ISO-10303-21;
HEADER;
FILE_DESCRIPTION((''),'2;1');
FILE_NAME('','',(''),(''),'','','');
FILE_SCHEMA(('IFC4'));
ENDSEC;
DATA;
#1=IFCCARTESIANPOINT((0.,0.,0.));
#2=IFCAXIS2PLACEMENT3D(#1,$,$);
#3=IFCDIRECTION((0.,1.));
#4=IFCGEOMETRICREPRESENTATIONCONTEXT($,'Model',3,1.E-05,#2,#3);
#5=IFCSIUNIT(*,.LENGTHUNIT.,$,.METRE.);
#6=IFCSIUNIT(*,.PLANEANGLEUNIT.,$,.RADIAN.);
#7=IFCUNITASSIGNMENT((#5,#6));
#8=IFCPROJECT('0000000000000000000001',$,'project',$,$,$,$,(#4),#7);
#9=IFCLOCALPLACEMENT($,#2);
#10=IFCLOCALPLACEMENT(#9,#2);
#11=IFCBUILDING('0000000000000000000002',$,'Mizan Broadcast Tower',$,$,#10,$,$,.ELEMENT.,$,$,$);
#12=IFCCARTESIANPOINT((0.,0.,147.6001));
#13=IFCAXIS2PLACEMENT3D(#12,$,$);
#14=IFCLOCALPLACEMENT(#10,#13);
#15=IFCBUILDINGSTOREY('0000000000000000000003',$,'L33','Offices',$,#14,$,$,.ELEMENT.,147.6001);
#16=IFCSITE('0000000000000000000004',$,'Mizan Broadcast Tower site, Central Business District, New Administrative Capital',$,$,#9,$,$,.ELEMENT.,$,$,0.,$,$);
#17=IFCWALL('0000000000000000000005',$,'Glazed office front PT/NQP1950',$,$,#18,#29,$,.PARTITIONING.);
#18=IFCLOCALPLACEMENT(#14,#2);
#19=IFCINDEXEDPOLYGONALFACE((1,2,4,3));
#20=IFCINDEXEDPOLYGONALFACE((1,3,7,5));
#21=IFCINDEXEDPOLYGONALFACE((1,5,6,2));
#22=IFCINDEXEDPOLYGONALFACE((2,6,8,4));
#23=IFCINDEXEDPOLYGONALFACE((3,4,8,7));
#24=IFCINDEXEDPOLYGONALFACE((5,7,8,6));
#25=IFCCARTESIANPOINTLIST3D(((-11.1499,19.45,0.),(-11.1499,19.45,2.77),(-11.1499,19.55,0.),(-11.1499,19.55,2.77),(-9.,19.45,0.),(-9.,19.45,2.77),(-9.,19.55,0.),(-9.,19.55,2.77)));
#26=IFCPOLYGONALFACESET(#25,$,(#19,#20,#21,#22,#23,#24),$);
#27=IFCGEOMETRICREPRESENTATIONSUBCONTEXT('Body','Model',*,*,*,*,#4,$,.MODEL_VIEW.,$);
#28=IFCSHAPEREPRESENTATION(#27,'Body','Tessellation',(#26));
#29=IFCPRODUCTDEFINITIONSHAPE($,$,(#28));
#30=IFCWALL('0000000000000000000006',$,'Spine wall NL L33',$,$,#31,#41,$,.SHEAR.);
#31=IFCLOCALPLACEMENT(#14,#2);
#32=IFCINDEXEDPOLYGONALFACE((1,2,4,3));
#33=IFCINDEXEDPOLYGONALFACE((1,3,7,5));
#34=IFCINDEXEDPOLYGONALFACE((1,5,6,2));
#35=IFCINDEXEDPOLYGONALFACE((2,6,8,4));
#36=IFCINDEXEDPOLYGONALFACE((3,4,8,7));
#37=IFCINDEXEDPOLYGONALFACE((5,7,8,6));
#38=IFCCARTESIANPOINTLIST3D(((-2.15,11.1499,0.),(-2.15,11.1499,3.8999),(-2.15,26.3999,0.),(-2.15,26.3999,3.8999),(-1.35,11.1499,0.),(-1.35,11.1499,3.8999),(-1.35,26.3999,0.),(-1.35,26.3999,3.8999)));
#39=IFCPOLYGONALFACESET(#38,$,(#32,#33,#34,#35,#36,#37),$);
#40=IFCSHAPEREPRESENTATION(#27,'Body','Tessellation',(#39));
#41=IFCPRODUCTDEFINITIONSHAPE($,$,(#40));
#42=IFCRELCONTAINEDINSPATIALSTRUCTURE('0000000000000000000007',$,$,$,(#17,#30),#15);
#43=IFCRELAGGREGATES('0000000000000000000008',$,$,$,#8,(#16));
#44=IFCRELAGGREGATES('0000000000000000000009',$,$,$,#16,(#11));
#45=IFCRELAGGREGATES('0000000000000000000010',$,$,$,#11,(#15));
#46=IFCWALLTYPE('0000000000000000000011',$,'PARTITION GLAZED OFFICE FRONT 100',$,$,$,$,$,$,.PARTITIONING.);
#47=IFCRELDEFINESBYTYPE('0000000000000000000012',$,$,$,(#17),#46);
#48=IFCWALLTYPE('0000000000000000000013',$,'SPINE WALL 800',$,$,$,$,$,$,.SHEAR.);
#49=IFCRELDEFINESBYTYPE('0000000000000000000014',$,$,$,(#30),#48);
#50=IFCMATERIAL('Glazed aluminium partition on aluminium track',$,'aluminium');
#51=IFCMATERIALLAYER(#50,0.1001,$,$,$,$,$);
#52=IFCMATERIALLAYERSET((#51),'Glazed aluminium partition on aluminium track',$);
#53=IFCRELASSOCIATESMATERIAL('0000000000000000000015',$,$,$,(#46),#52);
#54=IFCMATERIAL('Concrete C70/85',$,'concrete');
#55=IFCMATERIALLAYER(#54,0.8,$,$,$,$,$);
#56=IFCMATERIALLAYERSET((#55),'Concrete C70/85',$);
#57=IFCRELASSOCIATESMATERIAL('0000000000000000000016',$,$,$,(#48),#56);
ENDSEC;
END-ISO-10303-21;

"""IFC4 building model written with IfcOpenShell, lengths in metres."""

from ifc_helpers import new_model, si_unit, direction, frame, frame_2d, origin, place, context, subcontext, project, spatial, rectangle, extrude, material, layer, layer_set, type_object, element, save


model = new_model("IFC4")

# Units and contexts
model_context = context("Model", 3, precision=1e-05, world=origin(), true_north=direction((0.0, 1.0)))
body_context = subcontext(model_context, "Body", "Model", "MODEL_VIEW")
ifc_project = project(units=[si_unit("LENGTHUNIT", "METRE"), si_unit("PLANEANGLEUNIT", "RADIAN")], contexts=[model_context])

# Site, building, storey
site_placement = place(None, origin())
site = spatial("IfcSite", under=ifc_project, at=site_placement, Name="Mizan Broadcast Tower site, Central Business District, New Administrative Capital", CompositionType="ELEMENT", RefElevation=0.0)
building_placement = place(site_placement, origin())
building = spatial("IfcBuilding", under=site, at=building_placement, Name="Mizan Broadcast Tower", CompositionType="ELEMENT")
storey_placement = place(building_placement, frame((0.0, 0.0, 147.6001)))
storey = spatial("IfcBuildingStorey", under=building, at=storey_placement, Name="L33", Description="Offices", CompositionType="ELEMENT", Elevation=147.6001)

# Shared definitions
ifc_material_1 = material(Name="Glazed aluminium partition on aluminium track", Category="aluminium")
ifc_layer_1 = layer(ifc_material_1, 0.1001)
ifc_layer_set_1 = layer_set([ifc_layer_1], Name="Glazed aluminium partition on aluminium track")
wall_type_1 = type_object("IfcWallType", Name="PARTITION GLAZED OFFICE FRONT 100", PredefinedType="PARTITIONING", material=ifc_layer_set_1)

# Walls
wall_1_placement = place(storey_placement, frame((-9.0, 19.5, 0.0), z_axis=(0.0, 0.0, 1.0), x_axis=(-1.0, 0.0, 0.0)))
element("IfcWall", 1, at=wall_1_placement, inside=storey, type_object=wall_type_1, Name="Glazed office front PT/NQP1950", PredefinedType="PARTITIONING", context=body_context, shape_type="SweptSolid", body=[
    extrude(rectangle(XDim=2.1499, YDim=0.1001, at=frame_2d((1.075, 0.0))), origin(), (0.0, 0.0, 1.0), 2.77),
])
ifc_material_2 = material(Name="Concrete C70/85", Category="concrete")
ifc_layer_2 = layer(ifc_material_2, 0.8)
ifc_layer_set_2 = layer_set([ifc_layer_2], Name="Concrete C70/85")
wall_type_2 = type_object("IfcWallType", Name="SPINE WALL 800", PredefinedType="SHEAR", material=ifc_layer_set_2)
wall_2_placement = place(storey_placement, frame((-1.75, 11.1499, 0.0), z_axis=(0.0, 0.0, 1.0), x_axis=(0.0, 1.0, 0.0)))
element("IfcWall", 2, at=wall_2_placement, inside=storey, type_object=wall_type_2, Name="Spine wall NL L33", PredefinedType="SHEAR", context=body_context, shape_type="SweptSolid", body=[
    extrude(rectangle(XDim=15.25, YDim=0.8, at=frame_2d((7.625, 0.0))), origin(), (0.0, 0.0, 1.0), 3.8999),
])

save(model, "model.ifc")
